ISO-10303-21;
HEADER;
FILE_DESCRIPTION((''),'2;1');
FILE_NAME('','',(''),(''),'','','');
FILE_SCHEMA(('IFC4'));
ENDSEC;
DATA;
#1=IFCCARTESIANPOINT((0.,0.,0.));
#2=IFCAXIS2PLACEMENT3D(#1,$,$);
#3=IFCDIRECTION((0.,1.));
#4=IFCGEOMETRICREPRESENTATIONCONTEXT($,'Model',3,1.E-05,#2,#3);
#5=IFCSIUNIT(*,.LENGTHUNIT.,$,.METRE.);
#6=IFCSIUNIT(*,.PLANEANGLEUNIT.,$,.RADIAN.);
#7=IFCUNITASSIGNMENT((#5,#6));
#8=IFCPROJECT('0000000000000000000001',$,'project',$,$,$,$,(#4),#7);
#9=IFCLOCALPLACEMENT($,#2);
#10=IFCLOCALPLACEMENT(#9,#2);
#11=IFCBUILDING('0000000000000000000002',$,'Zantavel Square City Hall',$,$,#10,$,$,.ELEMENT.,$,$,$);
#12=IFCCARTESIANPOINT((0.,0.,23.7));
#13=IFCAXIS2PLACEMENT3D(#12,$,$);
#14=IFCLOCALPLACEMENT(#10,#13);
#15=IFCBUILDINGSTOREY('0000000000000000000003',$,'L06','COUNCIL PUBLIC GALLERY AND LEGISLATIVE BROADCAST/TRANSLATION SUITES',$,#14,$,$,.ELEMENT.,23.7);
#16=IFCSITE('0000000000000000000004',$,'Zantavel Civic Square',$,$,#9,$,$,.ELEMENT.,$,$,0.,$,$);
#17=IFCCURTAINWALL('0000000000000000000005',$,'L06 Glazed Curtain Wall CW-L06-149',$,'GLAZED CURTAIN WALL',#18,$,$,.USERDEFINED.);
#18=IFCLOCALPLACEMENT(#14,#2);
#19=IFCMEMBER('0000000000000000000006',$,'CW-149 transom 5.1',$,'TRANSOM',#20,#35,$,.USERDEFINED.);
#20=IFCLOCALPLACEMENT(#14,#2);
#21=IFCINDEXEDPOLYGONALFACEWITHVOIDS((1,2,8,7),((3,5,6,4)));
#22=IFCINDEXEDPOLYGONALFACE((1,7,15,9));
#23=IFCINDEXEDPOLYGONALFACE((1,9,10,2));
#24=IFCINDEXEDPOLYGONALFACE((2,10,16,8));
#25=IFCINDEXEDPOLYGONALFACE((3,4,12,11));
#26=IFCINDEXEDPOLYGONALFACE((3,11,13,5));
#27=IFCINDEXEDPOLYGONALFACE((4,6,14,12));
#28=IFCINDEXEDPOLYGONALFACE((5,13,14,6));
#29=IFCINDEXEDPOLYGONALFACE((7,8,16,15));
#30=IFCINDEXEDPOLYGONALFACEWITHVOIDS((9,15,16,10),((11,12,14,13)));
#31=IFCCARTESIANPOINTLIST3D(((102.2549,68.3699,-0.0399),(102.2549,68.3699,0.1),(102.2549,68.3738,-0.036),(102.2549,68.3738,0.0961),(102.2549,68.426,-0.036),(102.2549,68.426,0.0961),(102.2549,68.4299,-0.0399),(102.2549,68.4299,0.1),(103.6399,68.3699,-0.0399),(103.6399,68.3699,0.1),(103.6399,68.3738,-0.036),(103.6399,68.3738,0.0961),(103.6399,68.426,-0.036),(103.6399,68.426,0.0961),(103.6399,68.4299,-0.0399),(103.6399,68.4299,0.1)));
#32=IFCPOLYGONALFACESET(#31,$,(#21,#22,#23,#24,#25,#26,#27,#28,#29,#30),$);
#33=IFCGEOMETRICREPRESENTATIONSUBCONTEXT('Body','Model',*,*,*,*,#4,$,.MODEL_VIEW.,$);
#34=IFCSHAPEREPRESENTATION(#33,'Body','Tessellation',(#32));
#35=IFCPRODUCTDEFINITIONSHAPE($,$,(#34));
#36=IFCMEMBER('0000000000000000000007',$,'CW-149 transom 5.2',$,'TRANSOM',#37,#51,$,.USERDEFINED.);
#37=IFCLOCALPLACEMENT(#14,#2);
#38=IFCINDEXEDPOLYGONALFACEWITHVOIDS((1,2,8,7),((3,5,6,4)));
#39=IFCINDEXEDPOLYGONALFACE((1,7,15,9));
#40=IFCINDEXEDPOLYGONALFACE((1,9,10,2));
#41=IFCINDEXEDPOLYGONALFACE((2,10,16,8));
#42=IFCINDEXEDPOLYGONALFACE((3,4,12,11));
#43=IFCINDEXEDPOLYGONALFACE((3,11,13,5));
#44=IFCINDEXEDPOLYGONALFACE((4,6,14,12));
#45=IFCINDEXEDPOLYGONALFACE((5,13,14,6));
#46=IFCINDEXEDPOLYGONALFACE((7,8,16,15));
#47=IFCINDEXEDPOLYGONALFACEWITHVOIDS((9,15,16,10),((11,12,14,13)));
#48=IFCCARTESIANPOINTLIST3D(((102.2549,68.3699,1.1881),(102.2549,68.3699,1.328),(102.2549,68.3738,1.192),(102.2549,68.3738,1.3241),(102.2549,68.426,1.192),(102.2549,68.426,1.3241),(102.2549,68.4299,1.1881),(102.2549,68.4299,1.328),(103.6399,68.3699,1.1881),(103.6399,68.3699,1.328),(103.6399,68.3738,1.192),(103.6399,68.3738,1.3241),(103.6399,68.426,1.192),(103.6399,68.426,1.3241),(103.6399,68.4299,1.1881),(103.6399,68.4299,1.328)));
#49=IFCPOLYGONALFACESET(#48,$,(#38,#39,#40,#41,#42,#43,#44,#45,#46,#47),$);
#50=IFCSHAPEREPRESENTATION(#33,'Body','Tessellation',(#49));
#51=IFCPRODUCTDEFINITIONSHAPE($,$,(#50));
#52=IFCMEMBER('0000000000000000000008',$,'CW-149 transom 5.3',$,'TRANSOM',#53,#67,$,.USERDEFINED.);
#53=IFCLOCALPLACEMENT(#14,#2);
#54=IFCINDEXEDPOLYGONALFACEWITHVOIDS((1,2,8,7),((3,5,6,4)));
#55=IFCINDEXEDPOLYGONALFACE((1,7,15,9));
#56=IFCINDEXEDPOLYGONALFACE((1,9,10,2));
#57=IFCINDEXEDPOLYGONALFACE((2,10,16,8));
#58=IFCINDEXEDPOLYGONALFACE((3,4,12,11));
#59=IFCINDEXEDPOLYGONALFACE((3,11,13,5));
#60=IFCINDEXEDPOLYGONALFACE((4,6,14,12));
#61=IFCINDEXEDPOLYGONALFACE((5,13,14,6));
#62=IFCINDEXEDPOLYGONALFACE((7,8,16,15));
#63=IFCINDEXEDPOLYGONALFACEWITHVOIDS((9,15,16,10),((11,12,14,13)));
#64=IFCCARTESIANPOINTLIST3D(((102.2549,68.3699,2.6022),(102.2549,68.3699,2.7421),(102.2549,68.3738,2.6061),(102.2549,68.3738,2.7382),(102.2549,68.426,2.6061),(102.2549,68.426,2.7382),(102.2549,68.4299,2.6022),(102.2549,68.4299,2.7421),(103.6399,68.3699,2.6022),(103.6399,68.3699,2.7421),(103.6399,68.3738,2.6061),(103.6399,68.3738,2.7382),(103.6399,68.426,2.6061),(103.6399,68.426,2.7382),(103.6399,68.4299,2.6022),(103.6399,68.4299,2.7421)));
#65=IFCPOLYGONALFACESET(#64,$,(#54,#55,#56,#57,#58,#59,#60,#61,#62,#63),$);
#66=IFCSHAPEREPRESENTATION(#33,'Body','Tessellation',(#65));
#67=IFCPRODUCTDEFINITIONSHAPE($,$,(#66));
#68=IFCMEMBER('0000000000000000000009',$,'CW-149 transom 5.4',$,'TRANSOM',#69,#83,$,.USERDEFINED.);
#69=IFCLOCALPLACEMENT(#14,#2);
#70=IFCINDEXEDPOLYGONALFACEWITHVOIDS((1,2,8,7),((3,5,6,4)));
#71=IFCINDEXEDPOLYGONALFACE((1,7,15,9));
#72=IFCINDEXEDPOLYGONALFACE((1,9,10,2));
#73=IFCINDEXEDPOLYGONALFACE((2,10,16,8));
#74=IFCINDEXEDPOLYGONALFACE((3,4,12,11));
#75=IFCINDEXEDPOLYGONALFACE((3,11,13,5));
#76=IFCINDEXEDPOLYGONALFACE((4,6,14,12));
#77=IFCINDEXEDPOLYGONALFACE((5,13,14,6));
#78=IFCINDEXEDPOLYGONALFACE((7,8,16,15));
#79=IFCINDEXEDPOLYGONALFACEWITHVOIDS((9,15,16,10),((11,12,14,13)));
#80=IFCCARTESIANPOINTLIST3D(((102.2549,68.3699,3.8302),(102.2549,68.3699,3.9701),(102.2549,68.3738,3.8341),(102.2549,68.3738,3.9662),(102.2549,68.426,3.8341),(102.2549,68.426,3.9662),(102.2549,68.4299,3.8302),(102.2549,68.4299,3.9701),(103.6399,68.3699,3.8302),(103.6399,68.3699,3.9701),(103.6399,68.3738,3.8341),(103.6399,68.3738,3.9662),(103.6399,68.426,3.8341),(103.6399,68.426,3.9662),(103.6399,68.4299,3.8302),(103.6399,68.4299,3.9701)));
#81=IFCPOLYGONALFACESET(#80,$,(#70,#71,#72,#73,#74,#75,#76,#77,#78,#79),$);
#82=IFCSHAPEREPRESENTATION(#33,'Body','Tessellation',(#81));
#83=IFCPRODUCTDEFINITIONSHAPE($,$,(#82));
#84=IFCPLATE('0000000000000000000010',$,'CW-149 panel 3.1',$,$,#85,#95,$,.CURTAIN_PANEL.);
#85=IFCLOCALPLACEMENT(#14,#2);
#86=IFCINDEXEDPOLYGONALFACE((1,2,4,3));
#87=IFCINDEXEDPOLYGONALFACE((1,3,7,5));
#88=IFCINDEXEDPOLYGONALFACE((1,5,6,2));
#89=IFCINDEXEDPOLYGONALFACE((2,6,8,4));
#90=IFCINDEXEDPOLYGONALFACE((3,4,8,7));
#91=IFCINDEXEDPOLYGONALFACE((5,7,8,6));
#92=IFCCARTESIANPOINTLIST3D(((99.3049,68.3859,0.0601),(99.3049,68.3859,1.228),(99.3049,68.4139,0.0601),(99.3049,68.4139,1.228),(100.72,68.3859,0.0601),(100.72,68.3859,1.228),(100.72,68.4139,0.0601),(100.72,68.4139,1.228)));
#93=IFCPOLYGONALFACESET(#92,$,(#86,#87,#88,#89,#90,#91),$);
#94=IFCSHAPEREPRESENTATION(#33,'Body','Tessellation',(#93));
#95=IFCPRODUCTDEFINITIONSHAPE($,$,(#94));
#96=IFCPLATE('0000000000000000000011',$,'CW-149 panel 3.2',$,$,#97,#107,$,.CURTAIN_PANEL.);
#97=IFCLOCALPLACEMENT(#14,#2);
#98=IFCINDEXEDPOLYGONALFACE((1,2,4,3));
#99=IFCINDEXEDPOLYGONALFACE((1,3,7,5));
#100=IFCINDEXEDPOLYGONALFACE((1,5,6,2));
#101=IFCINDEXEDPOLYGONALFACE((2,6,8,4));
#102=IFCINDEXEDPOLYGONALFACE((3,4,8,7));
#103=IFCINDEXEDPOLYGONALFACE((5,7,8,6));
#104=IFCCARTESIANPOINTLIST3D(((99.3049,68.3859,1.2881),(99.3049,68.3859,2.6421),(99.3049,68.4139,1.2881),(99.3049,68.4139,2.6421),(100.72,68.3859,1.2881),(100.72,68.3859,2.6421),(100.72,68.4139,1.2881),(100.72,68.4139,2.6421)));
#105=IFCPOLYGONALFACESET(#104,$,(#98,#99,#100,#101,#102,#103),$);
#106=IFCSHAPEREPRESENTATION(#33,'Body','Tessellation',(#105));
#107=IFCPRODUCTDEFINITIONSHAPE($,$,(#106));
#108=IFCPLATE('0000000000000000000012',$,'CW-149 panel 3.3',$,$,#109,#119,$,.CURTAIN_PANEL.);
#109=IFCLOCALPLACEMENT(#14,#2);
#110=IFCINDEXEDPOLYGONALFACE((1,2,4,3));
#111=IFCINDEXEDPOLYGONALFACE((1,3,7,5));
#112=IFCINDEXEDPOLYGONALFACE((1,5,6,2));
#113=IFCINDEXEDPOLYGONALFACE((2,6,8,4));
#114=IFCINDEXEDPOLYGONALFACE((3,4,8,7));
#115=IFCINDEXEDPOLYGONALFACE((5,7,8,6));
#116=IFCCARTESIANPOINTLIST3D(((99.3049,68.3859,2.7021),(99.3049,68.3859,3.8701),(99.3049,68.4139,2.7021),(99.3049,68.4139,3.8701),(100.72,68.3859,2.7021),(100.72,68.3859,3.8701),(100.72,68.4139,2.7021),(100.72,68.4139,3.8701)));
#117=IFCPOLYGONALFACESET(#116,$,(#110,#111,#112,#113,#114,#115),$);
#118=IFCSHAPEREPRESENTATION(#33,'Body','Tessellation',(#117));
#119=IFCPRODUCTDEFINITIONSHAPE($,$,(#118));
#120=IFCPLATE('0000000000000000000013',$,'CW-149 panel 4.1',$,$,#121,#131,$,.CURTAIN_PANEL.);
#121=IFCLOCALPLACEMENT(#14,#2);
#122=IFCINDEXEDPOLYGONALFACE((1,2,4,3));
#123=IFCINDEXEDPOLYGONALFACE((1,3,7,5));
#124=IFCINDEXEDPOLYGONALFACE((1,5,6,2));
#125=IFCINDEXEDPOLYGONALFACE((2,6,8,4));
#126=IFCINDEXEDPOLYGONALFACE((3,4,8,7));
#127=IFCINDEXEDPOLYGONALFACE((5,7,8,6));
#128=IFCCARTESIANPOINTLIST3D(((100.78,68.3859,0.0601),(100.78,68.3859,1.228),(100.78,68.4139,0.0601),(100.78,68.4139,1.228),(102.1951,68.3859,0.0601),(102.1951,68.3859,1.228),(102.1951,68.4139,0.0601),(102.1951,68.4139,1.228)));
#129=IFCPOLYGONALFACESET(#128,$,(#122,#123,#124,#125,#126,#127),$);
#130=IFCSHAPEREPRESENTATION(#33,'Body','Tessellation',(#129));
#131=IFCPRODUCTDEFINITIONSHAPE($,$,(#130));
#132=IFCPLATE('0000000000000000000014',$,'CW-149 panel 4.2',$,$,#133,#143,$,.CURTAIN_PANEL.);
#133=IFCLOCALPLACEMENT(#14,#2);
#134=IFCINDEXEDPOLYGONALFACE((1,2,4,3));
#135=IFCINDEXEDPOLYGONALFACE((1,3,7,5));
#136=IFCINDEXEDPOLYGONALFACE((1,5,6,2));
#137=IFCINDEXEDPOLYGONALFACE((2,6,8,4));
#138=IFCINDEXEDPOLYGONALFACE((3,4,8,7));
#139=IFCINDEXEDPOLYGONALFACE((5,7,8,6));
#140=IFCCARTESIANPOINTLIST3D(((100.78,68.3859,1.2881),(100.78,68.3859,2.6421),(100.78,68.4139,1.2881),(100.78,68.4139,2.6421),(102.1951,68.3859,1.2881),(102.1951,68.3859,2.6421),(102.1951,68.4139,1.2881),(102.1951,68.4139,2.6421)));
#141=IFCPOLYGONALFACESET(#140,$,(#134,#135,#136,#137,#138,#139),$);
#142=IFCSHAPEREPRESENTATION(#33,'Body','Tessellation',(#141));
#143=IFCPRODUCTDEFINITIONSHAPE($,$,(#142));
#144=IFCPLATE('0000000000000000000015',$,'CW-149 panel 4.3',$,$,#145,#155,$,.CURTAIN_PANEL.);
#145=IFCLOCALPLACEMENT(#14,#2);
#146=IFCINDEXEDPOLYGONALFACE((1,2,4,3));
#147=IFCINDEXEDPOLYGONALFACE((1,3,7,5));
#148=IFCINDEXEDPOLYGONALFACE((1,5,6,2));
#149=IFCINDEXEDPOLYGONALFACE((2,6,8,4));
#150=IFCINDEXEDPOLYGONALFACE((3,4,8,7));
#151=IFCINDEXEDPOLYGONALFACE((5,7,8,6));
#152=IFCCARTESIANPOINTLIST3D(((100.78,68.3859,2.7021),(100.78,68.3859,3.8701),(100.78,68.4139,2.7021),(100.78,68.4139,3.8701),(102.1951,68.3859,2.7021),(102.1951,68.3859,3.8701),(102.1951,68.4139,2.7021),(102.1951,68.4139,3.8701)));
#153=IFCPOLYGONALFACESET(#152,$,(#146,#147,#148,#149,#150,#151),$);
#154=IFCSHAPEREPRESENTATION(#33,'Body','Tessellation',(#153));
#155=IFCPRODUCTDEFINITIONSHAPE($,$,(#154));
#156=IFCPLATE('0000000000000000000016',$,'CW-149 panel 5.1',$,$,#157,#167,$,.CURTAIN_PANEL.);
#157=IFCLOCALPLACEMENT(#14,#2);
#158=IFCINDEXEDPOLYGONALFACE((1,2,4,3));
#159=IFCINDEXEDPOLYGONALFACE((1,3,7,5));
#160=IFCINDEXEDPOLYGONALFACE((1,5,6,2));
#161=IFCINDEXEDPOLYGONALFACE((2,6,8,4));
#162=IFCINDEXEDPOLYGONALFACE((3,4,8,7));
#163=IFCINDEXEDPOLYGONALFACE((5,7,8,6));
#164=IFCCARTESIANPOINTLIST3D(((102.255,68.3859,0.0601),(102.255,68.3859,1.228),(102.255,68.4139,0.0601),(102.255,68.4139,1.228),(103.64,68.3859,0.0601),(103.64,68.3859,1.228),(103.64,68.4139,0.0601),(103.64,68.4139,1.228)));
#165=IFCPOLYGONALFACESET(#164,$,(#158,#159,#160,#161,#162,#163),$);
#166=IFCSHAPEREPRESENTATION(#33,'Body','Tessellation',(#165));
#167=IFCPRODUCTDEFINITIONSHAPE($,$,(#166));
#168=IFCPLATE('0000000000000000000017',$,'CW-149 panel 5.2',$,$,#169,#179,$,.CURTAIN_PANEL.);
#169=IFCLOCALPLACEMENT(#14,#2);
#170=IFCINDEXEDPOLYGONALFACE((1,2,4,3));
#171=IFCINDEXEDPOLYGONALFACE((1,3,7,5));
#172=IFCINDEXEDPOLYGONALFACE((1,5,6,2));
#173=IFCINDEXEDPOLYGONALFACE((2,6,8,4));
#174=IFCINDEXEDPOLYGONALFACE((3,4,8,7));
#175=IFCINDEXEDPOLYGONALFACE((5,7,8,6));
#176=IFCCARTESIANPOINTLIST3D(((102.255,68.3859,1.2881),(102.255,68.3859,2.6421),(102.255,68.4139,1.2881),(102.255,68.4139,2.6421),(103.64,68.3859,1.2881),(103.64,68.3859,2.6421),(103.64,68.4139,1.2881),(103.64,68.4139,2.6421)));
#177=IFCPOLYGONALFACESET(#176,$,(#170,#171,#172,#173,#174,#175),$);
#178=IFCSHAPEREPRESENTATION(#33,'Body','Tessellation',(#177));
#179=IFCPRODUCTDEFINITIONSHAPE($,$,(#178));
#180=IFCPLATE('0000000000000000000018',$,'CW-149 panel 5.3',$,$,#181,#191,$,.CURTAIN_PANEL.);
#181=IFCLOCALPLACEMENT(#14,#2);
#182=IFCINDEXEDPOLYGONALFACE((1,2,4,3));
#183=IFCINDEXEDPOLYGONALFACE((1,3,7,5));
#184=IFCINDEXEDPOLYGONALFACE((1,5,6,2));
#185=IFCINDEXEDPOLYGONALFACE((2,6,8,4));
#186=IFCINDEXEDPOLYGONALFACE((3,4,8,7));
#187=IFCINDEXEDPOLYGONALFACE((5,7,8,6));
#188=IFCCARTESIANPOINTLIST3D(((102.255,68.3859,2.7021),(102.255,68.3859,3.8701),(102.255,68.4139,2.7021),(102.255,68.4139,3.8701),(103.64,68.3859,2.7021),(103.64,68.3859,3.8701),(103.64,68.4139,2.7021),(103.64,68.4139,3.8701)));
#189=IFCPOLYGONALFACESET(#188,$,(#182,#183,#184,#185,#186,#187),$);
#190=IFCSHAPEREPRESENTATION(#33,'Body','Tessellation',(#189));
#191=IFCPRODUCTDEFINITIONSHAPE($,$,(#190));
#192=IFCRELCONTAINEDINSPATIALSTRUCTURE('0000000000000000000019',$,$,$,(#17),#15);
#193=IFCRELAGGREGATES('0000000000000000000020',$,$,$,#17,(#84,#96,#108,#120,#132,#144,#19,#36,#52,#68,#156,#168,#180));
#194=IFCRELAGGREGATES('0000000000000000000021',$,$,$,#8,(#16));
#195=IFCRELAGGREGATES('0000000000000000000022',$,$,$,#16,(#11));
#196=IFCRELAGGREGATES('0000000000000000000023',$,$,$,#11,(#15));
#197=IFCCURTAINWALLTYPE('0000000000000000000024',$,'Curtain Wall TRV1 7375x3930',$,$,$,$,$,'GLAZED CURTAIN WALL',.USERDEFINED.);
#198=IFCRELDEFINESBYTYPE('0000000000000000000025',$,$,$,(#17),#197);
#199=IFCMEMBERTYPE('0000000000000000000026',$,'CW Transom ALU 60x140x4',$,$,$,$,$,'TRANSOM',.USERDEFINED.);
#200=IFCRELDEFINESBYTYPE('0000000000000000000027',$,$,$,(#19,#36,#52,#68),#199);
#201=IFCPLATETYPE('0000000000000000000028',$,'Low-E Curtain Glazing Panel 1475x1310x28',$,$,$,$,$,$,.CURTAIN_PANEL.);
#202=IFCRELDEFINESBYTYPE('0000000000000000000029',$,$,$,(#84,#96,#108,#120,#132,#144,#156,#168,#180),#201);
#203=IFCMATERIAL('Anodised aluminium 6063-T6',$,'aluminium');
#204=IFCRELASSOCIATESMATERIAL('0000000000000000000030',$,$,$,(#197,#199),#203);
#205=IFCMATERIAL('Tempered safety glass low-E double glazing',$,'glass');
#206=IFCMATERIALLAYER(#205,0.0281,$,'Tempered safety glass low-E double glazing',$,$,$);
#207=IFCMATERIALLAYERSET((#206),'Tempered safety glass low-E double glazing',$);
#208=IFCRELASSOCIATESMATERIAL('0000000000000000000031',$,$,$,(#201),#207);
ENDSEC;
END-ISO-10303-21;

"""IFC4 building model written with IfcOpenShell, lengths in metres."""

from ifc_helpers import new_model, si_unit, direction, frame, origin, origin_2d, place, context, subcontext, project, spatial, rectangle, hollow_rectangle, extrude, material, layer, layer_set, material_profile, profile_set, type_object, element, aggregate, save


model = new_model("IFC4")

# Units and contexts
model_context = context("Model", 3, precision=1e-05, world=origin(), true_north=direction((0.0, 1.0)))
body_context = subcontext(model_context, "Body", "Model", "MODEL_VIEW")
ifc_project = project(units=[si_unit("LENGTHUNIT", "METRE"), si_unit("PLANEANGLEUNIT", "RADIAN")], contexts=[model_context])

# Site, building, storey
site_placement = place(None, origin())
site = spatial("IfcSite", under=ifc_project, at=site_placement, Name="Zantavel Civic Square", CompositionType="ELEMENT", RefElevation=0.0)
building_placement = place(site_placement, origin())
building = spatial("IfcBuilding", under=site, at=building_placement, Name="Zantavel Square City Hall", CompositionType="ELEMENT")
storey_placement = place(building_placement, frame((0.0, 0.0, 23.7)))
storey = spatial("IfcBuildingStorey", under=building, at=storey_placement, Name="L06", Description="COUNCIL PUBLIC GALLERY AND LEGISLATIVE BROADCAST/TRANSLATION SUITES", CompositionType="ELEMENT", Elevation=23.7)

# Curtain wall, members, plates
ifc_material_1 = material(Name="Anodised aluminium 6063-T6", Category="aluminium")
curtain_wall_type = type_object("IfcCurtainWallType", Name="Curtain Wall TRV1 7375x3930", ElementType="GLAZED CURTAIN WALL", PredefinedType="USERDEFINED", material=ifc_material_1)
curtain_wall_placement = place(storey_placement, origin())
curtain_wall = element("IfcCurtainWall", 1, at=curtain_wall_placement, inside=storey, type_object=curtain_wall_type, Name="L06 Glazed Curtain Wall CW-L06-149", ObjectType="GLAZED CURTAIN WALL", PredefinedType="USERDEFINED")
ifc_material_profile_1 = material_profile(ifc_material_1, hollow_rectangle(XDim=0.0601, YDim=0.1399, WallThickness=0.0039, at=origin_2d()), Name="ALU 60x140x4")
ifc_profile_set_1 = profile_set([ifc_material_profile_1], Name="Anodised aluminium 6063-T6")
member_type_1 = type_object("IfcMemberType", Name="CW Transom ALU 60x140x4", ElementType="TRANSOM", PredefinedType="USERDEFINED", material=ifc_profile_set_1)
member_1_placement = place(storey_placement, frame((102.2549, 68.3999, 0.03), z_axis=(1.0, 0.0, 0.0), x_axis=(0.0, 1.0, 0.0)))
member_1 = element("IfcMember", 2, at=member_1_placement, type_object=member_type_1, Name="CW-149 transom 5.1", ObjectType="TRANSOM", PredefinedType="USERDEFINED", context=body_context, shape_type="SweptSolid", body=[
    extrude(hollow_rectangle(XDim=0.0601, YDim=0.1399, WallThickness=0.0039, at=origin_2d()), origin(), (0.0, 0.0, 1.0), 1.385),
])
member_2_placement = place(storey_placement, frame((102.2549, 68.3999, 1.2581), z_axis=(1.0, 0.0, 0.0), x_axis=(0.0, 1.0, 0.0)))
member_2 = element("IfcMember", 3, at=member_2_placement, type_object=member_type_1, Name="CW-149 transom 5.2", ObjectType="TRANSOM", PredefinedType="USERDEFINED", context=body_context, shape_type="SweptSolid", body=[
    extrude(hollow_rectangle(XDim=0.0601, YDim=0.1399, WallThickness=0.0039, at=origin_2d()), origin(), (0.0, 0.0, 1.0), 1.385),
])
member_3_placement = place(storey_placement, frame((102.2549, 68.3999, 2.6721), z_axis=(1.0, 0.0, 0.0), x_axis=(0.0, 1.0, 0.0)))
member_3 = element("IfcMember", 4, at=member_3_placement, type_object=member_type_1, Name="CW-149 transom 5.3", ObjectType="TRANSOM", PredefinedType="USERDEFINED", context=body_context, shape_type="SweptSolid", body=[
    extrude(hollow_rectangle(XDim=0.0601, YDim=0.1399, WallThickness=0.0039, at=origin_2d()), origin(), (0.0, 0.0, 1.0), 1.385),
])
member_4_placement = place(storey_placement, frame((102.2549, 68.3999, 3.9001), z_axis=(1.0, 0.0, 0.0), x_axis=(0.0, 1.0, 0.0)))
member_4 = element("IfcMember", 5, at=member_4_placement, type_object=member_type_1, Name="CW-149 transom 5.4", ObjectType="TRANSOM", PredefinedType="USERDEFINED", context=body_context, shape_type="SweptSolid", body=[
    extrude(hollow_rectangle(XDim=0.0601, YDim=0.1399, WallThickness=0.0039, at=origin_2d()), origin(), (0.0, 0.0, 1.0), 1.385),
])
ifc_material_2 = material(Name="Tempered safety glass low-E double glazing", Category="glass")
ifc_layer = layer(ifc_material_2, 0.0281, Name="Tempered safety glass low-E double glazing")
ifc_layer_set = layer_set([ifc_layer], Name="Tempered safety glass low-E double glazing")
plate_type = type_object("IfcPlateType", Name="Low-E Curtain Glazing Panel 1475x1310x28", PredefinedType="CURTAIN_PANEL", material=ifc_layer_set)
plate_1_placement = place(storey_placement, frame((100.0125, 68.3999, 0.0601), z_axis=(0.0, 0.0, 1.0), x_axis=(1.0, 0.0, 0.0)))
plate_1 = element("IfcPlate", 6, at=plate_1_placement, type_object=plate_type, Name="CW-149 panel 3.1", PredefinedType="CURTAIN_PANEL", context=body_context, shape_type="SweptSolid", body=[
    extrude(rectangle(XDim=1.415, YDim=0.0281, at=origin_2d()), origin(), (0.0, 0.0, 1.0), 1.168),
])
plate_2_placement = place(storey_placement, frame((100.0125, 68.3999, 1.2881), z_axis=(0.0, 0.0, 1.0), x_axis=(1.0, 0.0, 0.0)))
plate_2 = element("IfcPlate", 7, at=plate_2_placement, type_object=plate_type, Name="CW-149 panel 3.2", PredefinedType="CURTAIN_PANEL", context=body_context, shape_type="SweptSolid", body=[
    extrude(rectangle(XDim=1.415, YDim=0.0281, at=origin_2d()), origin(), (0.0, 0.0, 1.0), 1.354),
])
plate_3_placement = place(storey_placement, frame((100.0125, 68.3999, 2.7021), z_axis=(0.0, 0.0, 1.0), x_axis=(1.0, 0.0, 0.0)))
plate_3 = element("IfcPlate", 8, at=plate_3_placement, type_object=plate_type, Name="CW-149 panel 3.3", PredefinedType="CURTAIN_PANEL", context=body_context, shape_type="SweptSolid", body=[
    extrude(rectangle(XDim=1.415, YDim=0.0281, at=origin_2d()), origin(), (0.0, 0.0, 1.0), 1.168),
])
plate_4_placement = place(storey_placement, frame((101.4875, 68.3999, 0.0601), z_axis=(0.0, 0.0, 1.0), x_axis=(1.0, 0.0, 0.0)))
plate_4 = element("IfcPlate", 9, at=plate_4_placement, type_object=plate_type, Name="CW-149 panel 4.1", PredefinedType="CURTAIN_PANEL", context=body_context, shape_type="SweptSolid", body=[
    extrude(rectangle(XDim=1.415, YDim=0.0281, at=origin_2d()), origin(), (0.0, 0.0, 1.0), 1.168),
])
plate_5_placement = place(storey_placement, frame((101.4875, 68.3999, 1.2881), z_axis=(0.0, 0.0, 1.0), x_axis=(1.0, 0.0, 0.0)))
plate_5 = element("IfcPlate", 10, at=plate_5_placement, type_object=plate_type, Name="CW-149 panel 4.2", PredefinedType="CURTAIN_PANEL", context=body_context, shape_type="SweptSolid", body=[
    extrude(rectangle(XDim=1.415, YDim=0.0281, at=origin_2d()), origin(), (0.0, 0.0, 1.0), 1.354),
])
plate_6_placement = place(storey_placement, frame((101.4875, 68.3999, 2.7021), z_axis=(0.0, 0.0, 1.0), x_axis=(1.0, 0.0, 0.0)))
plate_6 = element("IfcPlate", 11, at=plate_6_placement, type_object=plate_type, Name="CW-149 panel 4.3", PredefinedType="CURTAIN_PANEL", context=body_context, shape_type="SweptSolid", body=[
    extrude(rectangle(XDim=1.415, YDim=0.0281, at=origin_2d()), origin(), (0.0, 0.0, 1.0), 1.168),
])
plate_7_placement = place(storey_placement, frame((102.9475, 68.3999, 0.0601), z_axis=(0.0, 0.0, 1.0), x_axis=(1.0, 0.0, 0.0)))
plate_7 = element("IfcPlate", 12, at=plate_7_placement, type_object=plate_type, Name="CW-149 panel 5.1", PredefinedType="CURTAIN_PANEL", context=body_context, shape_type="SweptSolid", body=[
    extrude(rectangle(XDim=1.385, YDim=0.0281, at=origin_2d()), origin(), (0.0, 0.0, 1.0), 1.168),
])
plate_8_placement = place(storey_placement, frame((102.9475, 68.3999, 1.2881), z_axis=(0.0, 0.0, 1.0), x_axis=(1.0, 0.0, 0.0)))
plate_8 = element("IfcPlate", 13, at=plate_8_placement, type_object=plate_type, Name="CW-149 panel 5.2", PredefinedType="CURTAIN_PANEL", context=body_context, shape_type="SweptSolid", body=[
    extrude(rectangle(XDim=1.385, YDim=0.0281, at=origin_2d()), origin(), (0.0, 0.0, 1.0), 1.354),
])
plate_9_placement = place(storey_placement, frame((102.9475, 68.3999, 2.7021), z_axis=(0.0, 0.0, 1.0), x_axis=(1.0, 0.0, 0.0)))
plate_9 = element("IfcPlate", 14, at=plate_9_placement, type_object=plate_type, Name="CW-149 panel 5.3", PredefinedType="CURTAIN_PANEL", context=body_context, shape_type="SweptSolid", body=[
    extrude(rectangle(XDim=1.385, YDim=0.0281, at=origin_2d()), origin(), (0.0, 0.0, 1.0), 1.168),
])
aggregate(curtain_wall, [plate_1, plate_2, plate_3, plate_4, plate_5, plate_6, member_1, member_2, member_3, member_4, plate_7, plate_8, plate_9])

save(model, "model.ifc")
